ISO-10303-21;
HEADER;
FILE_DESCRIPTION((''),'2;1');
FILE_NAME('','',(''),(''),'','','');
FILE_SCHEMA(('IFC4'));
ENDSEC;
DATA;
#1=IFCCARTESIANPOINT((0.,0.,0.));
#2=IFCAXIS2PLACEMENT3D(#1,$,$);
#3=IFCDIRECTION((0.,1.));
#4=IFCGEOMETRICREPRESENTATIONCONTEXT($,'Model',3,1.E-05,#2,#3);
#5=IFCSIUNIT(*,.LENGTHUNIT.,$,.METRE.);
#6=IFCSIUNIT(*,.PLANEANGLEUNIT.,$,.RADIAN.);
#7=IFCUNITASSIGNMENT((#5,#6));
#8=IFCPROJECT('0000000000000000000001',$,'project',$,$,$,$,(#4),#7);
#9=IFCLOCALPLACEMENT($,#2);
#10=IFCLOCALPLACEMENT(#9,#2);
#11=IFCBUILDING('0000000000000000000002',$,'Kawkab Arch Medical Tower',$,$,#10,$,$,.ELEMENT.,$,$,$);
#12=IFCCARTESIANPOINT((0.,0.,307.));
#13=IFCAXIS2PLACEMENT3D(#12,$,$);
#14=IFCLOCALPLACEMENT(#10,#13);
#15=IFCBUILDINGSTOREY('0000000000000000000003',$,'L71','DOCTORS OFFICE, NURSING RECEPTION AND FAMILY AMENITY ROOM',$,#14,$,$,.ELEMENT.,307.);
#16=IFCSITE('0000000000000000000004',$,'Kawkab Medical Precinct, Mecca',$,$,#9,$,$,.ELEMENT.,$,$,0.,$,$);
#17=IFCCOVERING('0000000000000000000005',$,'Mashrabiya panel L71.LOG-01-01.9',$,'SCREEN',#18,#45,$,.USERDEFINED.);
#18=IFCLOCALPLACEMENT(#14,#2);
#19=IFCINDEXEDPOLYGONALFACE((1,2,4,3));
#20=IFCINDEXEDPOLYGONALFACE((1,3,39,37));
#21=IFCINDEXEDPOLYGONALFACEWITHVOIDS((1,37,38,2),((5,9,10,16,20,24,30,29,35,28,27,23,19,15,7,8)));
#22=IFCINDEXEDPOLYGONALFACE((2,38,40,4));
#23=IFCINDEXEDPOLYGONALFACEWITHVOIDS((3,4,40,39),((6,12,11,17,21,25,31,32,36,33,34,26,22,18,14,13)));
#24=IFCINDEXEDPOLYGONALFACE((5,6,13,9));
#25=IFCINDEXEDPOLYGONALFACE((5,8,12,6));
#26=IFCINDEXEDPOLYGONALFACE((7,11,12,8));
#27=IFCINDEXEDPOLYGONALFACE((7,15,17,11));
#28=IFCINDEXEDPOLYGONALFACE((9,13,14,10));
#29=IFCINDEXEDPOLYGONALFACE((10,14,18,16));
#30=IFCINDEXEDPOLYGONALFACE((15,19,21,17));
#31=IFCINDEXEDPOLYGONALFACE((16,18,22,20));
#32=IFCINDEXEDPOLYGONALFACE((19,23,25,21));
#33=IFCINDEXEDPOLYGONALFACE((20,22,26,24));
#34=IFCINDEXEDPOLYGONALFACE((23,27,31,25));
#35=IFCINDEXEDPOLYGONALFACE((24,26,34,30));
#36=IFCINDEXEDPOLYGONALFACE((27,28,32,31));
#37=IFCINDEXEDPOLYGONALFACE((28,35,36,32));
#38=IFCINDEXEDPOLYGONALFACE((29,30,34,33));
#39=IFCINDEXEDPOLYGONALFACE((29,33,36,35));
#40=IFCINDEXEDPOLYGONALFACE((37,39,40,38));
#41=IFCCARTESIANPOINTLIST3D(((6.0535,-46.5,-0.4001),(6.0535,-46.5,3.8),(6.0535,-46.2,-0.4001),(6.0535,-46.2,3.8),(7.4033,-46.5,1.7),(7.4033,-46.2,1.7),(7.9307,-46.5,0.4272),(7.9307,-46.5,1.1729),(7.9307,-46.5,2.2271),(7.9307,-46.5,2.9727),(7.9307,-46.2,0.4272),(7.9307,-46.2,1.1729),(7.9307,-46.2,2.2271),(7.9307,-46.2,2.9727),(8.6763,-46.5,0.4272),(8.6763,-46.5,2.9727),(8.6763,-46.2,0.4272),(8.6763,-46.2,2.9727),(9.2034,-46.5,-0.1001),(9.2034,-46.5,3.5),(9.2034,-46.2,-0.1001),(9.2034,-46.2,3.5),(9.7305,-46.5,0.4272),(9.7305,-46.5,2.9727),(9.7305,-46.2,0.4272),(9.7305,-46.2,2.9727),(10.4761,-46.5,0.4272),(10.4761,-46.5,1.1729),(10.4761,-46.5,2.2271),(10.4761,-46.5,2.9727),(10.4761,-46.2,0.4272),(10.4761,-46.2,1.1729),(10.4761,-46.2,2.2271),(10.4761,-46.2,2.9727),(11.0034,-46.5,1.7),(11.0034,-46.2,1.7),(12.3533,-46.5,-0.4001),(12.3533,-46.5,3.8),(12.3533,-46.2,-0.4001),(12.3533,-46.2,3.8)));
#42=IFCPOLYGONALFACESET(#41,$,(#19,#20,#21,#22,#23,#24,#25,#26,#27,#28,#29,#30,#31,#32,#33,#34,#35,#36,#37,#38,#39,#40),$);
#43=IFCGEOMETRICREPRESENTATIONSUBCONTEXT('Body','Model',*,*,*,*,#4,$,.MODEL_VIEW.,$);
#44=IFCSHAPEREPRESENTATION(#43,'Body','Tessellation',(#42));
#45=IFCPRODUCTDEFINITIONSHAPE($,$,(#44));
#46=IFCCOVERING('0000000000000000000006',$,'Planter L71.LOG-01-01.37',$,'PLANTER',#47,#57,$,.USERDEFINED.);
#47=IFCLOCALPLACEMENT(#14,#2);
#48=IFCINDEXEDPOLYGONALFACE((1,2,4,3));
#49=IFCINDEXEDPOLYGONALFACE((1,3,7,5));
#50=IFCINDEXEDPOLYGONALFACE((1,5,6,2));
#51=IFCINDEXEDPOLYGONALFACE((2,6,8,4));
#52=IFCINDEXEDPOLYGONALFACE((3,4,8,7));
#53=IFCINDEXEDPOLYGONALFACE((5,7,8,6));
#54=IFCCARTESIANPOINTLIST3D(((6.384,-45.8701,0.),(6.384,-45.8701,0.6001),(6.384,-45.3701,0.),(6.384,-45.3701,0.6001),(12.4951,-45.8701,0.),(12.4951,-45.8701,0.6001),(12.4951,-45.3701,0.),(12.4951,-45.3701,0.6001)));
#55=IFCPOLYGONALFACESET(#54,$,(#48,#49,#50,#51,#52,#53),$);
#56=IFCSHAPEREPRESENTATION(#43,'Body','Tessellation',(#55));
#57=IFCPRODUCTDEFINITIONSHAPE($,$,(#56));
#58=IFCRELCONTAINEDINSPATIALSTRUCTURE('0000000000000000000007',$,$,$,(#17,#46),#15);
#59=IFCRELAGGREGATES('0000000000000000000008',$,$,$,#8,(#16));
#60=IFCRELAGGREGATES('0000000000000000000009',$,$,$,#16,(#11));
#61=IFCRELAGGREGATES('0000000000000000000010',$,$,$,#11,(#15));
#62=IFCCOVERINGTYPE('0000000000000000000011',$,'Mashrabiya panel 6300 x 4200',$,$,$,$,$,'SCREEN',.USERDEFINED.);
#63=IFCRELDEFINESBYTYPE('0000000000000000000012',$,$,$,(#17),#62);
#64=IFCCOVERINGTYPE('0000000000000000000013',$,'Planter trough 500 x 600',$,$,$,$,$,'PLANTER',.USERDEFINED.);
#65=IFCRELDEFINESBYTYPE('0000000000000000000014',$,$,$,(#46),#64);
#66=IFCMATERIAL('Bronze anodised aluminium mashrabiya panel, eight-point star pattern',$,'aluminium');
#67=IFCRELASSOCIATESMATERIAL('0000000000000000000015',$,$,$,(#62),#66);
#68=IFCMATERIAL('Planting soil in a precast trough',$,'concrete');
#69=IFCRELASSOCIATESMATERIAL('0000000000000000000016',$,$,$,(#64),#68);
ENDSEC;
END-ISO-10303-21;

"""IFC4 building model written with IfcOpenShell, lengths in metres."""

from ifc_helpers import new_model, si_unit, direction, frame, origin, origin_2d, place, context, subcontext, project, spatial, polyline, rectangle, outline, extrude, material, material_profile, profile_set, type_object, element, save


model = new_model("IFC4")

# Units and contexts
model_context = context("Model", 3, precision=1e-05, world=origin(), true_north=direction((0.0, 1.0)))
body_context = subcontext(model_context, "Body", "Model", "MODEL_VIEW")
ifc_project = project(units=[si_unit("LENGTHUNIT", "METRE"), si_unit("PLANEANGLEUNIT", "RADIAN")], contexts=[model_context])

# Site, building, storey
site_placement = place(None, origin())
site = spatial("IfcSite", under=ifc_project, at=site_placement, Name="Kawkab Medical Precinct, Mecca", CompositionType="ELEMENT", RefElevation=0.0)
building_placement = place(site_placement, origin())
building = spatial("IfcBuilding", under=site, at=building_placement, Name="Kawkab Arch Medical Tower", CompositionType="ELEMENT")
storey_placement = place(building_placement, frame((0.0, 0.0, 307.0)))
storey = spatial("IfcBuildingStorey", under=building, at=storey_placement, Name="L71", Description="DOCTORS OFFICE, NURSING RECEPTION AND FAMILY AMENITY ROOM", CompositionType="ELEMENT", Elevation=307.0)

# Coverings
ifc_material_1 = material(Name="Bronze anodised aluminium mashrabiya panel, eight-point star pattern", Category="aluminium")
ifc_material_profile_1 = material_profile(ifc_material_1, outline(polyline([(-3.1499, -2.1001), (3.1499, -2.1001), (3.1499, 2.1001), (-3.1499, 2.1001), (-3.1499, -2.1001)]), holes=[polyline([(1.8, 0.0), (1.2727, 0.5271), (1.2727, 1.2727), (0.5271, 1.2727), (0.0, 1.8), (-0.5271, 1.2727), (-1.2727, 1.2727), (-1.2727, 0.5271), (-1.8, 0.0), (-1.2727, -0.5271), (-1.2727, -1.2727), (-0.5271, -1.2727), (0.0, -1.8), (0.5271, -1.2727), (1.2727, -1.2727), (1.2727, -0.5271), (1.8, 0.0)])]), Name="Mashrabiya panel 6300x4200")
ifc_profile_set_1 = profile_set([ifc_material_profile_1], Name="Bronze anodised aluminium mashrabiya panel, eight-point star pattern")
covering_type_1 = type_object("IfcCoveringType", Name="Mashrabiya panel 6300 x 4200", ElementType="SCREEN", PredefinedType="USERDEFINED", material=ifc_profile_set_1)
covering_1_placement = place(storey_placement, frame((9.2034, -46.2, 1.7), z_axis=(0.0, -1.0, 0.0), x_axis=(1.0, 0.0, 0.0)))
element("IfcCovering", 1, at=covering_1_placement, inside=storey, type_object=covering_type_1, Name="Mashrabiya panel L71.LOG-01-01.9", ObjectType="SCREEN", PredefinedType="USERDEFINED", context=body_context, shape_type="SweptSolid", body=[
    extrude(outline(polyline([(-3.1499, -2.1001), (3.1499, -2.1001), (3.1499, 2.1001), (-3.1499, 2.1001), (-3.1499, -2.1001)]), holes=[polyline([(1.8, 0.0), (1.2727, 0.5271), (1.2727, 1.2727), (0.5271, 1.2727), (0.0, 1.8), (-0.5271, 1.2727), (-1.2727, 1.2727), (-1.2727, 0.5271), (-1.8, 0.0), (-1.2727, -0.5271), (-1.2727, -1.2727), (-0.5271, -1.2727), (0.0, -1.8), (0.5271, -1.2727), (1.2727, -1.2727), (1.2727, -0.5271), (1.8, 0.0)])]), origin(), (0.0, 0.0, 1.0), 0.3),
])
ifc_material_2 = material(Name="Planting soil in a precast trough", Category="concrete")
ifc_material_profile_2 = material_profile(ifc_material_2, rectangle(XDim=0.5, YDim=0.6001, at=origin_2d()), Name="Trough 500x600")
ifc_profile_set_2 = profile_set([ifc_material_profile_2], Name="Planting soil in a precast trough")
covering_type_2 = type_object("IfcCoveringType", Name="Planter trough 500 x 600", ElementType="PLANTER", PredefinedType="USERDEFINED", material=ifc_profile_set_2)
covering_2_placement = place(storey_placement, frame((12.4951, -45.6201, 0.3), z_axis=(-1.0, 0.0, 0.0), x_axis=(0.0, -1.0, 0.0)))
element("IfcCovering", 2, at=covering_2_placement, inside=storey, type_object=covering_type_2, Name="Planter L71.LOG-01-01.37", ObjectType="PLANTER", PredefinedType="USERDEFINED", context=body_context, shape_type="SweptSolid", body=[
    extrude(rectangle(XDim=0.5, YDim=0.6001, at=origin_2d()), origin(), (0.0, 0.0, 1.0), 6.1111),
])

save(model, "model.ifc")
